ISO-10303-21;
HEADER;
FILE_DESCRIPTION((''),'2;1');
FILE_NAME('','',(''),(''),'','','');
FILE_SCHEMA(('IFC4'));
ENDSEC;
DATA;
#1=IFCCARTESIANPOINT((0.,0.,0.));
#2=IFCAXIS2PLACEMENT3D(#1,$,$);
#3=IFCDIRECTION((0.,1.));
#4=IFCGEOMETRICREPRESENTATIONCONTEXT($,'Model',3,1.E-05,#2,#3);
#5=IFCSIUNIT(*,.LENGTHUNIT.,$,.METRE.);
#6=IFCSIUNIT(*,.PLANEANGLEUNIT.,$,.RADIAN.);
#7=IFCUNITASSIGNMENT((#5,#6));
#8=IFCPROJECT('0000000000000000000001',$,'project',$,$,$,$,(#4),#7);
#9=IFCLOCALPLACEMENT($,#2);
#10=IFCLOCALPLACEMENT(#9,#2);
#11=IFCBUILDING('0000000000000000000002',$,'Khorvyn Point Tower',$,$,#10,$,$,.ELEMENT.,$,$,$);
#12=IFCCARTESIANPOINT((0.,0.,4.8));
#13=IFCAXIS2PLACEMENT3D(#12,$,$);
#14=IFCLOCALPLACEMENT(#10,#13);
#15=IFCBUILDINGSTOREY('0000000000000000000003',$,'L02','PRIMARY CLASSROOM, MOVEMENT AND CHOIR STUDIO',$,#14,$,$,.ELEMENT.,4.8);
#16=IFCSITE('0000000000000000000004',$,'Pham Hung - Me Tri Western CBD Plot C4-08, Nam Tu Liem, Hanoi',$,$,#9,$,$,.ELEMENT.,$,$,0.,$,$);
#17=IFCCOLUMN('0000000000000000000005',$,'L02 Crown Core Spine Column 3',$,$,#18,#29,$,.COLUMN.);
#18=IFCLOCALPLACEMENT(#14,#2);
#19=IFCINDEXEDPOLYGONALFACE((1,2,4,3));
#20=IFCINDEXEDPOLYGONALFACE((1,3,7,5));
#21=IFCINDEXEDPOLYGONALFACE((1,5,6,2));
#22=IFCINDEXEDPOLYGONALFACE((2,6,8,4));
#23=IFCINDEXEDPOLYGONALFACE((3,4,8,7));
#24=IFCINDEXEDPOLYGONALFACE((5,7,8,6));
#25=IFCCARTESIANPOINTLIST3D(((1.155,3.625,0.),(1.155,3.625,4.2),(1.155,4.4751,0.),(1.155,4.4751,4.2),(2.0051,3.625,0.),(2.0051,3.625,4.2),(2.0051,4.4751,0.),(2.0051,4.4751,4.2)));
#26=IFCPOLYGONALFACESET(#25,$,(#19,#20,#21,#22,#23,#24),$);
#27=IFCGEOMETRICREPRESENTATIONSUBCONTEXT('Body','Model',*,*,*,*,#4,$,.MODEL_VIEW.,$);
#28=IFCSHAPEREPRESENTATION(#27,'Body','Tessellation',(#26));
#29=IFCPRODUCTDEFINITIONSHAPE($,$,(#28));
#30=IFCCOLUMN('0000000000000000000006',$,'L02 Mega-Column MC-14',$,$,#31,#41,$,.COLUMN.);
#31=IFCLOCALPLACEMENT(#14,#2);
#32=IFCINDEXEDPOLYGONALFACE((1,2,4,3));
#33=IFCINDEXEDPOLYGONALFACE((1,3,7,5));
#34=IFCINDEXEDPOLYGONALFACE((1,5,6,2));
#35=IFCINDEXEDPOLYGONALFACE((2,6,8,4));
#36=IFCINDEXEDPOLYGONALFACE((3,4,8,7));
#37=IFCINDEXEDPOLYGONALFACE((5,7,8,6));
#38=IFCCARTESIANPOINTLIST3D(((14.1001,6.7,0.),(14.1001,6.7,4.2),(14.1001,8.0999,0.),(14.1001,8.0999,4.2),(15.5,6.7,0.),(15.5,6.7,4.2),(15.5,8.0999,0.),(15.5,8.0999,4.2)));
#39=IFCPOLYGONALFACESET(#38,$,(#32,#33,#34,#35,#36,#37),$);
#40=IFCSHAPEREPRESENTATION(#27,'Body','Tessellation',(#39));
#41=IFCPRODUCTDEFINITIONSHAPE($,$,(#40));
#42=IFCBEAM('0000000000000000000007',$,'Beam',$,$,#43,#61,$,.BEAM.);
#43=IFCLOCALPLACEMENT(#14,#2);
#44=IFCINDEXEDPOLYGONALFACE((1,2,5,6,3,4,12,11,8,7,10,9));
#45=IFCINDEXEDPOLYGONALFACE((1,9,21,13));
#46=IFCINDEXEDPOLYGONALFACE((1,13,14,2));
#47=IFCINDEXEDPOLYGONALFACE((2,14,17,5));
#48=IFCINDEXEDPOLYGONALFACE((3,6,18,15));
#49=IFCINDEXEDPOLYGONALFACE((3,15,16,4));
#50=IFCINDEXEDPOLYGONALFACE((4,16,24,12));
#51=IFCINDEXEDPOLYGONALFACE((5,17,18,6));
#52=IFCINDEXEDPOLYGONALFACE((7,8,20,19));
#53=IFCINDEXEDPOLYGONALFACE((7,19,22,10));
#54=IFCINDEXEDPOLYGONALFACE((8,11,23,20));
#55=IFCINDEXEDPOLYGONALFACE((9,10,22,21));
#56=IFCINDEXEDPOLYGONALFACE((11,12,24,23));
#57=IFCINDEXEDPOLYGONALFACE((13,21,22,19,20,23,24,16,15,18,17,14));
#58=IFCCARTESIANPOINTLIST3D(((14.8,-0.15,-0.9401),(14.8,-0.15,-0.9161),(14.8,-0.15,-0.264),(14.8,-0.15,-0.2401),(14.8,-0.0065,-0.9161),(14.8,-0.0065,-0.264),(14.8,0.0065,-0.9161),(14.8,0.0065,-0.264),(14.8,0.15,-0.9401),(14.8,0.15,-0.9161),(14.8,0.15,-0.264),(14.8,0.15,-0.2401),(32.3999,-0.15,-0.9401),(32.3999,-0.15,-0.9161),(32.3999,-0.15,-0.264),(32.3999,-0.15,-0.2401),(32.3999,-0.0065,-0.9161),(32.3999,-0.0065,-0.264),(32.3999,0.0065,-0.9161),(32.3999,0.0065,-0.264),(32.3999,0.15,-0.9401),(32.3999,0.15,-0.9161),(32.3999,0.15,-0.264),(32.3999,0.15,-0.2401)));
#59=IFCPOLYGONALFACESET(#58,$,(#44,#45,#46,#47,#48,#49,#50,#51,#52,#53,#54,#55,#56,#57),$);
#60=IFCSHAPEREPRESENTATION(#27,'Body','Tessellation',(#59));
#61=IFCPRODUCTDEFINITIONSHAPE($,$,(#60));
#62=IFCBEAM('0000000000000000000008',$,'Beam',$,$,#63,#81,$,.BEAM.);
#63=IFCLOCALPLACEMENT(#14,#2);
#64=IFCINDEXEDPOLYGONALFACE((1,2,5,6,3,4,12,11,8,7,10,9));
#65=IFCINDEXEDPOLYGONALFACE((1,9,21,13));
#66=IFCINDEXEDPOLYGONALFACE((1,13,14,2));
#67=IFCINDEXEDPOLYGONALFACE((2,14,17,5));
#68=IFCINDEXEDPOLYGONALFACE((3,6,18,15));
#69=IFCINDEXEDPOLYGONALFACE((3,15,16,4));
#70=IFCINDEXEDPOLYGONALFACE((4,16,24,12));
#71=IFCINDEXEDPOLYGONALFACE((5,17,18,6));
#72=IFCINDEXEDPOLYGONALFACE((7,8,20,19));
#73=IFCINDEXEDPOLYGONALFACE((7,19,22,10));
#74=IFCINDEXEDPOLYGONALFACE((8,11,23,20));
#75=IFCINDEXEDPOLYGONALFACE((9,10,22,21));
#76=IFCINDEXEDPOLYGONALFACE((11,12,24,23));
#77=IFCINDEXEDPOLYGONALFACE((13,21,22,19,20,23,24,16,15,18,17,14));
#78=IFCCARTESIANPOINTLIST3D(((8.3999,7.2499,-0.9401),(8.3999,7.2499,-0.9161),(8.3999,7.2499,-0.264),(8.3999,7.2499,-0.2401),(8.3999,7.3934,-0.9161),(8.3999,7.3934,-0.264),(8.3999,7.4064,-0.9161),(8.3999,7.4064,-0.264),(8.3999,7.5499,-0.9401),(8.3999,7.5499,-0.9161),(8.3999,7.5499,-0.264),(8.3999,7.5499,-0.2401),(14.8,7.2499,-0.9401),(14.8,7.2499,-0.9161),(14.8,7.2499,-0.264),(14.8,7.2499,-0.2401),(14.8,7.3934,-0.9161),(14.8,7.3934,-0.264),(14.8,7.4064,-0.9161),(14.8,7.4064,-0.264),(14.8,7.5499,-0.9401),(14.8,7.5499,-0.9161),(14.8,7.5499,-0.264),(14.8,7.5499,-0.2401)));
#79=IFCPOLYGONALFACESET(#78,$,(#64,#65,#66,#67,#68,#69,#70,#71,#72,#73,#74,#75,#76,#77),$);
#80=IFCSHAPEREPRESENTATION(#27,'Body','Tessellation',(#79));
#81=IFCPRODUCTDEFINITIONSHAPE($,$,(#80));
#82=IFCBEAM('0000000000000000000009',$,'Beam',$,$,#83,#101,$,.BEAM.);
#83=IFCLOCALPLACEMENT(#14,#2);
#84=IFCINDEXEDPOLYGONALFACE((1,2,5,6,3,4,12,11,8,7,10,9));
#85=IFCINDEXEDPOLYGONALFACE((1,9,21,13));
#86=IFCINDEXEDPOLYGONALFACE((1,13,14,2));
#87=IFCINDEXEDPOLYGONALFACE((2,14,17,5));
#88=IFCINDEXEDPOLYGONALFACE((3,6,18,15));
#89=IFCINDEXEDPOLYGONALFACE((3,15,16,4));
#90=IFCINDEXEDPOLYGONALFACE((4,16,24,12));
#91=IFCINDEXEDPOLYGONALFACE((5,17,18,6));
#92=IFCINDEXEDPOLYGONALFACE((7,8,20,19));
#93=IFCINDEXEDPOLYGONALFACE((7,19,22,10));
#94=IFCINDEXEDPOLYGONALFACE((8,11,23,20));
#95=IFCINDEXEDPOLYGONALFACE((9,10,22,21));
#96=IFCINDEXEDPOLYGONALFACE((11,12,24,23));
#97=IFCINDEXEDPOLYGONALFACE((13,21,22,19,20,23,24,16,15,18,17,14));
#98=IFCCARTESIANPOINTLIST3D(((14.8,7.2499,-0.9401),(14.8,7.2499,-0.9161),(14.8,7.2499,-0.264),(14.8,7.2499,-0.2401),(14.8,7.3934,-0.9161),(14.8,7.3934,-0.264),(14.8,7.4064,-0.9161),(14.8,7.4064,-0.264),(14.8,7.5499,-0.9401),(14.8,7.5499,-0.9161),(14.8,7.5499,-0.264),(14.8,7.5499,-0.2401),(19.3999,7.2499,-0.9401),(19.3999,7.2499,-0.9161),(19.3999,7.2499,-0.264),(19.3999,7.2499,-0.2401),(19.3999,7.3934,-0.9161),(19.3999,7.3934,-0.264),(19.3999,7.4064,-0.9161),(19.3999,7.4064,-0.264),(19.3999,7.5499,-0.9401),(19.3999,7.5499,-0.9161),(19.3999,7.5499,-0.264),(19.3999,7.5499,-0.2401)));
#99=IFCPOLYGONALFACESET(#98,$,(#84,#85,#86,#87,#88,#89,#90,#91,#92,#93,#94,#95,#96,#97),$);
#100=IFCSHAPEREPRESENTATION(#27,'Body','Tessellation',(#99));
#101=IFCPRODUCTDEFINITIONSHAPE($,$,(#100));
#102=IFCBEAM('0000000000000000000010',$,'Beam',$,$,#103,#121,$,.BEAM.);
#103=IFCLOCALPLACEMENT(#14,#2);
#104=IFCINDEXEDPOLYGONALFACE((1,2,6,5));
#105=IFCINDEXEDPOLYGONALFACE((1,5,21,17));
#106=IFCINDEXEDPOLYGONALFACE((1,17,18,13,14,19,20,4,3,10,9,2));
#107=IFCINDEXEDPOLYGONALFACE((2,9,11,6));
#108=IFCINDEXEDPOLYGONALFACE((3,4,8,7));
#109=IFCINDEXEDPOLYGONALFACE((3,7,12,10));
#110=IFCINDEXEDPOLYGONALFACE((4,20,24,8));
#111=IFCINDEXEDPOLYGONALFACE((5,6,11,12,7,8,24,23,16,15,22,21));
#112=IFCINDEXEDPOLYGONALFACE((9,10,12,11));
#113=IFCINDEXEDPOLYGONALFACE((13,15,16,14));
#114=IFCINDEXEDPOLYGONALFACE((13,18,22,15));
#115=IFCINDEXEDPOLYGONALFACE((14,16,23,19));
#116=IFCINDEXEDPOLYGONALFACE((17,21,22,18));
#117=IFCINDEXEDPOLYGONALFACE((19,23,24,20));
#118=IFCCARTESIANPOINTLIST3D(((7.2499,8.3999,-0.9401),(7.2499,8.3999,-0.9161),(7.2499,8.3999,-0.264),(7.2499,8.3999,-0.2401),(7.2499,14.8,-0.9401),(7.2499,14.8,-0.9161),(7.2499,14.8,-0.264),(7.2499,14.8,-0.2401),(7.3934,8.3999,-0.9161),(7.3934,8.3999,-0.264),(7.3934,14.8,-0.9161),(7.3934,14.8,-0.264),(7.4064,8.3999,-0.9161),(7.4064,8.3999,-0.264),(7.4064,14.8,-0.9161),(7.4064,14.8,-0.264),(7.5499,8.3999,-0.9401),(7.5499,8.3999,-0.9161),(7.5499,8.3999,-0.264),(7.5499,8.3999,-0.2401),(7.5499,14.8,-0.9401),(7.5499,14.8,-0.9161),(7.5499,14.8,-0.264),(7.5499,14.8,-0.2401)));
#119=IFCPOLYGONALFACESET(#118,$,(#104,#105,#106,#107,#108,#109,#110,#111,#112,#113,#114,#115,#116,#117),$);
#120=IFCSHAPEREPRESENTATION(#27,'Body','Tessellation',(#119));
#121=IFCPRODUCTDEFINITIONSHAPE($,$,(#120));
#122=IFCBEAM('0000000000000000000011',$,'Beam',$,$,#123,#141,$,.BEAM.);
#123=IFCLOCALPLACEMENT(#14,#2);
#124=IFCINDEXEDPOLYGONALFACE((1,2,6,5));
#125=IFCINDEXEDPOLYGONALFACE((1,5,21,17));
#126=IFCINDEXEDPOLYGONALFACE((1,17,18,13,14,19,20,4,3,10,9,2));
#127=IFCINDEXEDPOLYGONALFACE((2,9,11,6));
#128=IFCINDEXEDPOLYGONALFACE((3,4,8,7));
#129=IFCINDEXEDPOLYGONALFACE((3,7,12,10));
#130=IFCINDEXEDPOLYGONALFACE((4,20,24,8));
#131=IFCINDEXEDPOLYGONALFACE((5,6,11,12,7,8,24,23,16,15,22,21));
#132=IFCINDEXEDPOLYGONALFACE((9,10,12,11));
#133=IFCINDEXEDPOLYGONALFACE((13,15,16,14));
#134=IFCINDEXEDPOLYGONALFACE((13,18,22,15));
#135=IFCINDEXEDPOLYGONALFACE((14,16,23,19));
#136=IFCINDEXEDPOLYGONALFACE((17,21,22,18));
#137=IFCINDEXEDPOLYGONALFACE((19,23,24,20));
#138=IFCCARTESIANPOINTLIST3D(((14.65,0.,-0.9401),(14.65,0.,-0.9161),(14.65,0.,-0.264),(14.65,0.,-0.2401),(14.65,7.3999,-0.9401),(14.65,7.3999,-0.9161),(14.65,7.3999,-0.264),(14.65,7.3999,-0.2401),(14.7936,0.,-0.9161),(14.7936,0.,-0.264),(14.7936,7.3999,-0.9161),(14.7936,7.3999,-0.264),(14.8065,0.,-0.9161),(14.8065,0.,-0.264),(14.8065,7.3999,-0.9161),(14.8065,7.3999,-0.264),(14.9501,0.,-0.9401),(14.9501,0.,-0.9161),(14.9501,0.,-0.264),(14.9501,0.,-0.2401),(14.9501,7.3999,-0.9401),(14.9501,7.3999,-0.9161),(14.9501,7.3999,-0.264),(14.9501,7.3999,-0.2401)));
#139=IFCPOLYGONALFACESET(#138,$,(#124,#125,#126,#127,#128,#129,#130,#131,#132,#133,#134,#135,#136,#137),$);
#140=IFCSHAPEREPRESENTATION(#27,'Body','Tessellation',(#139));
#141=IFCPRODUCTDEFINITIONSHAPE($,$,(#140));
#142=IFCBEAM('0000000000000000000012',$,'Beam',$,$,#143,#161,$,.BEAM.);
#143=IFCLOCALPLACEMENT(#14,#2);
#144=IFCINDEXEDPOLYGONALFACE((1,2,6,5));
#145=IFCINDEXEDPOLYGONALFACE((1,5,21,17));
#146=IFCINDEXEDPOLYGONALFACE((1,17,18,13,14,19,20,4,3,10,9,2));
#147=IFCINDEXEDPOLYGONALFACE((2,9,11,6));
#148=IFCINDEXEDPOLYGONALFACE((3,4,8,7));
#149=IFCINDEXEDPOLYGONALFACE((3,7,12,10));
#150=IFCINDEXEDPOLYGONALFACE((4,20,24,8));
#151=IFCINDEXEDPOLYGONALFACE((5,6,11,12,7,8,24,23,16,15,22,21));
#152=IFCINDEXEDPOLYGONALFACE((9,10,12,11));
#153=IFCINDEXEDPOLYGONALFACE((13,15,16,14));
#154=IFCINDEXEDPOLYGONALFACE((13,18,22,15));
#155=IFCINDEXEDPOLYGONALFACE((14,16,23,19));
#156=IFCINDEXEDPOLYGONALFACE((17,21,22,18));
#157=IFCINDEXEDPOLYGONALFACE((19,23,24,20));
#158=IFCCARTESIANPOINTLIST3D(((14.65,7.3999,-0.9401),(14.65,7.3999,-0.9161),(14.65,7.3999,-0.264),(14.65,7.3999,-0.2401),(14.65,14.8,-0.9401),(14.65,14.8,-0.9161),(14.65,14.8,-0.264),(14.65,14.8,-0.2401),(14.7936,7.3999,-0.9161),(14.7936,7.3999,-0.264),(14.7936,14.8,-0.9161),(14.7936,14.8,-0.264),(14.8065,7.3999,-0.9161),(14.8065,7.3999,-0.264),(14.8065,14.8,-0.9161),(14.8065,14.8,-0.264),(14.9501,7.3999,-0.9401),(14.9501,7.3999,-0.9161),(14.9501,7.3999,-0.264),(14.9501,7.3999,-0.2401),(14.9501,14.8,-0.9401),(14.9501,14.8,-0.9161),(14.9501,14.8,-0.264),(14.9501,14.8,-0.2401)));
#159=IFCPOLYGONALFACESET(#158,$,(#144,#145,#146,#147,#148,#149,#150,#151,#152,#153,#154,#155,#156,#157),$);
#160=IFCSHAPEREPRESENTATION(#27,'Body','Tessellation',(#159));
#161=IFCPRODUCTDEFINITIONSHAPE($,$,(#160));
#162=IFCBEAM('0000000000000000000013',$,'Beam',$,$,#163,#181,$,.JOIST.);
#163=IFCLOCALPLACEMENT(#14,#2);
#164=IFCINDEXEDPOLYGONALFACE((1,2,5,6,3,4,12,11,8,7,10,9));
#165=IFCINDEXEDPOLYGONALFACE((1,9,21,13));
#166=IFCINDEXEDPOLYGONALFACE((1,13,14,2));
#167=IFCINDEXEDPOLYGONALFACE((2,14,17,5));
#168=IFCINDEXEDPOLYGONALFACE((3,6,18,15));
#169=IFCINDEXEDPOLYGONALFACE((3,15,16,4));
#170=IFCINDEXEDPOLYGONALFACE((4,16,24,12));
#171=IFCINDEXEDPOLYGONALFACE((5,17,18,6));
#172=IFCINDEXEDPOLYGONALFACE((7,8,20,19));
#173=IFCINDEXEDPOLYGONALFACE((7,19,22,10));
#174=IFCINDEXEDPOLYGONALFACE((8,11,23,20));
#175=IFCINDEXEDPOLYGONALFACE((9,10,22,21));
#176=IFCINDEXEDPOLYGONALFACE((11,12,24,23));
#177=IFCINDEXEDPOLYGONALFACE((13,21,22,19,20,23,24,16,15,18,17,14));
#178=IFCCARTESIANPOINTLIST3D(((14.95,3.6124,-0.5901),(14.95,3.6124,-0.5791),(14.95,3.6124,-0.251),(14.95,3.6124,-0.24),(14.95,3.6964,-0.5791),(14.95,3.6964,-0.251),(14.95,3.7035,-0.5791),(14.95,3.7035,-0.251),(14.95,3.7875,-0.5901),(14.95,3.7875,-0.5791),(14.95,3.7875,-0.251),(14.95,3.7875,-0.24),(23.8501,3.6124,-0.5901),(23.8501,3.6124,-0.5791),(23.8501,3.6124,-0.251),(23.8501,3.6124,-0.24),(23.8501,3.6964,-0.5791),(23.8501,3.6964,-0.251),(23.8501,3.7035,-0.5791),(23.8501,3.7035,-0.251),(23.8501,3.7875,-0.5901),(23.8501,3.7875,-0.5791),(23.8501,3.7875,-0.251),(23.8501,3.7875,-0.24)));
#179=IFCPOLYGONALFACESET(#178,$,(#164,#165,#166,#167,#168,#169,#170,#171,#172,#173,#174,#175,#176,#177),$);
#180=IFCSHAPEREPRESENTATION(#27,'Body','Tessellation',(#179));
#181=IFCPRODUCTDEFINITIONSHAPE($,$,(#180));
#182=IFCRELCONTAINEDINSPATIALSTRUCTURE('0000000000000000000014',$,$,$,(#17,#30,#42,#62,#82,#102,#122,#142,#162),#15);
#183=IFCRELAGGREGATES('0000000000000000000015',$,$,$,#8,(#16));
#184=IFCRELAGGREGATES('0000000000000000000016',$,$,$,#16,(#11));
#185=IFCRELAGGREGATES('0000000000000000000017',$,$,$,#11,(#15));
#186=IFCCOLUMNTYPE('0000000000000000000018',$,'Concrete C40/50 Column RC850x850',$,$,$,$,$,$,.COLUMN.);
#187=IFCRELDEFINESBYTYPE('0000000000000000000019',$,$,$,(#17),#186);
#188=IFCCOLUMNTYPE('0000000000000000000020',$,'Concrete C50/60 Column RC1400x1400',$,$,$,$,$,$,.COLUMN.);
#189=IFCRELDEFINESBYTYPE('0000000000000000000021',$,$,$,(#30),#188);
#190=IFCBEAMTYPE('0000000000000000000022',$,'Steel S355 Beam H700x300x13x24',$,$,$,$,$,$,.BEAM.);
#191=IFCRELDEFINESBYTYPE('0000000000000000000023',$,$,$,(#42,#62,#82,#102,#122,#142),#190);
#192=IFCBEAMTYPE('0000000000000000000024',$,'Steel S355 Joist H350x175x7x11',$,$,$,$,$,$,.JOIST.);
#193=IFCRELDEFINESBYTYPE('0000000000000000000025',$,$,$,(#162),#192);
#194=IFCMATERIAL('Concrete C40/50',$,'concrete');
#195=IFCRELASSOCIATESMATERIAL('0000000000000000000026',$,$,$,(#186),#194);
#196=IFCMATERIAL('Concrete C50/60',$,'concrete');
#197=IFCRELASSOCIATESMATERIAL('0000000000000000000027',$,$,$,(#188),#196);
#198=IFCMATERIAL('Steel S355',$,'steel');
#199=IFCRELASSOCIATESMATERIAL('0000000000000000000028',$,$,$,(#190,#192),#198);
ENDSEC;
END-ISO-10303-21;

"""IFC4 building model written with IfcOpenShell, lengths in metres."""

from ifc_helpers import new_model, si_unit, direction, frame, origin, origin_2d, place, context, subcontext, project, spatial, rectangle, i_section, extrude, material, material_profile, profile_set, type_object, element, save


model = new_model("IFC4")

# Units and contexts
model_context = context("Model", 3, precision=1e-05, world=origin(), true_north=direction((0.0, 1.0)))
body_context = subcontext(model_context, "Body", "Model", "MODEL_VIEW")
ifc_project = project(units=[si_unit("LENGTHUNIT", "METRE"), si_unit("PLANEANGLEUNIT", "RADIAN")], contexts=[model_context])

# Site, building, storey
site_placement = place(None, origin())
site = spatial("IfcSite", under=ifc_project, at=site_placement, Name="Pham Hung - Me Tri Western CBD Plot C4-08, Nam Tu Liem, Hanoi", CompositionType="ELEMENT", RefElevation=0.0)
building_placement = place(site_placement, origin())
building = spatial("IfcBuilding", under=site, at=building_placement, Name="Khorvyn Point Tower", CompositionType="ELEMENT")
storey_placement = place(building_placement, frame((0.0, 0.0, 4.8)))
storey = spatial("IfcBuildingStorey", under=building, at=storey_placement, Name="L02", Description="PRIMARY CLASSROOM, MOVEMENT AND CHOIR STUDIO", CompositionType="ELEMENT", Elevation=4.8)

# Columns
ifc_material_1 = material(Name="Concrete C40/50", Category="concrete")
ifc_material_profile_1 = material_profile(ifc_material_1, rectangle(XDim=0.8501, YDim=0.8501, at=origin_2d()))
ifc_profile_set_1 = profile_set([ifc_material_profile_1], Name="Concrete C40/50 RC850x850")
column_type_1 = type_object("IfcColumnType", Name="Concrete C40/50 Column RC850x850", PredefinedType="COLUMN", material=ifc_profile_set_1)
column_1_placement = place(storey_placement, frame((1.5801, 4.05, 0.0), z_axis=(0.0, 0.0, 1.0), x_axis=(1.0, 0.0, 0.0)))
element("IfcColumn", 1, at=column_1_placement, inside=storey, type_object=column_type_1, Name="L02 Crown Core Spine Column 3", PredefinedType="COLUMN", context=body_context, shape_type="SweptSolid", body=[
    extrude(rectangle(XDim=0.8501, YDim=0.8501, at=origin_2d()), origin(), (0.0, 0.0, 1.0), 4.2),
])
ifc_material_2 = material(Name="Concrete C50/60", Category="concrete")
ifc_material_profile_2 = material_profile(ifc_material_2, rectangle(XDim=1.3999, YDim=1.3999, at=origin_2d()))
ifc_profile_set_2 = profile_set([ifc_material_profile_2], Name="Concrete C50/60 RC1400x1400")
column_type_2 = type_object("IfcColumnType", Name="Concrete C50/60 Column RC1400x1400", PredefinedType="COLUMN", material=ifc_profile_set_2)
column_2_placement = place(storey_placement, frame((14.8, 7.3999, 0.0), z_axis=(0.0, 0.0, 1.0), x_axis=(1.0, 0.0, 0.0)))
element("IfcColumn", 2, at=column_2_placement, inside=storey, type_object=column_type_2, Name="L02 Mega-Column MC-14", PredefinedType="COLUMN", context=body_context, shape_type="SweptSolid", body=[
    extrude(rectangle(XDim=1.3999, YDim=1.3999, at=origin_2d()), origin(), (0.0, 0.0, 1.0), 4.2),
])

# Beams
ifc_material_3 = material(Name="Steel S355", Category="steel")
ifc_material_profile_3 = material_profile(ifc_material_3, i_section(OverallWidth=0.3, OverallDepth=0.7, WebThickness=0.0129, FlangeThickness=0.0239, at=origin_2d()))
ifc_profile_set_3 = profile_set([ifc_material_profile_3], Name="Steel S355 H700x300x13x24")
beam_type_1 = type_object("IfcBeamType", Name="Steel S355 Beam H700x300x13x24", PredefinedType="BEAM", material=ifc_profile_set_3)
beam_1_placement = place(storey_placement, frame((14.8, 0.0, -0.5901), z_axis=(1.0, 0.0, 0.0), x_axis=(0.0, 1.0, 0.0)))
element("IfcBeam", 3, at=beam_1_placement, inside=storey, type_object=beam_type_1, Name="Beam", PredefinedType="BEAM", context=body_context, shape_type="SweptSolid", body=[
    extrude(i_section(OverallWidth=0.3, OverallDepth=0.7, WebThickness=0.0129, FlangeThickness=0.0239, at=origin_2d()), origin(), (0.0, 0.0, 1.0), 17.5999),
])
beam_2_placement = place(storey_placement, frame((8.3999, 7.3999, -0.5901), z_axis=(1.0, 0.0, 0.0), x_axis=(0.0, 1.0, 0.0)))
element("IfcBeam", 4, at=beam_2_placement, inside=storey, type_object=beam_type_1, Name="Beam", PredefinedType="BEAM", context=body_context, shape_type="SweptSolid", body=[
    extrude(i_section(OverallWidth=0.3, OverallDepth=0.7, WebThickness=0.0129, FlangeThickness=0.0239, at=origin_2d()), origin(), (0.0, 0.0, 1.0), 6.4001),
])
beam_3_placement = place(storey_placement, frame((14.8, 7.3999, -0.5901), z_axis=(1.0, 0.0, 0.0), x_axis=(0.0, 1.0, 0.0)))
element("IfcBeam", 5, at=beam_3_placement, inside=storey, type_object=beam_type_1, Name="Beam", PredefinedType="BEAM", context=body_context, shape_type="SweptSolid", body=[
    extrude(i_section(OverallWidth=0.3, OverallDepth=0.7, WebThickness=0.0129, FlangeThickness=0.0239, at=origin_2d()), origin(), (0.0, 0.0, 1.0), 4.5999),
])
beam_4_placement = place(storey_placement, frame((7.3999, 8.3999, -0.5901), z_axis=(0.0, 1.0, 0.0), x_axis=(-1.0, 0.0, 0.0)))
element("IfcBeam", 6, at=beam_4_placement, inside=storey, type_object=beam_type_1, Name="Beam", PredefinedType="BEAM", context=body_context, shape_type="SweptSolid", body=[
    extrude(i_section(OverallWidth=0.3, OverallDepth=0.7, WebThickness=0.0129, FlangeThickness=0.0239, at=origin_2d()), origin(), (0.0, 0.0, 1.0), 6.4001),
])
beam_5_placement = place(storey_placement, frame((14.8, 0.0, -0.5901), z_axis=(0.0, 1.0, 0.0), x_axis=(-1.0, 0.0, 0.0)))
element("IfcBeam", 7, at=beam_5_placement, inside=storey, type_object=beam_type_1, Name="Beam", PredefinedType="BEAM", context=body_context, shape_type="SweptSolid", body=[
    extrude(i_section(OverallWidth=0.3, OverallDepth=0.7, WebThickness=0.0129, FlangeThickness=0.0239, at=origin_2d()), origin(), (0.0, 0.0, 1.0), 7.3999),
])
beam_6_placement = place(storey_placement, frame((14.8, 7.3999, -0.5901), z_axis=(0.0, 1.0, 0.0), x_axis=(-1.0, 0.0, 0.0)))
element("IfcBeam", 8, at=beam_6_placement, inside=storey, type_object=beam_type_1, Name="Beam", PredefinedType="BEAM", context=body_context, shape_type="SweptSolid", body=[
    extrude(i_section(OverallWidth=0.3, OverallDepth=0.7, WebThickness=0.0129, FlangeThickness=0.0239, at=origin_2d()), origin(), (0.0, 0.0, 1.0), 7.4001),
])
ifc_material_profile_4 = material_profile(ifc_material_3, i_section(OverallWidth=0.175, OverallDepth=0.3501, WebThickness=0.0071, FlangeThickness=0.011, at=origin_2d()))
ifc_profile_set_4 = profile_set([ifc_material_profile_4], Name="Steel S355 H350x175x7x11")
beam_type_2 = type_object("IfcBeamType", Name="Steel S355 Joist H350x175x7x11", PredefinedType="JOIST", material=ifc_profile_set_4)
beam_7_placement = place(storey_placement, frame((14.95, 3.7, -0.415), z_axis=(1.0, 0.0, 0.0), x_axis=(0.0, 1.0, 0.0)))
element("IfcBeam", 9, at=beam_7_placement, inside=storey, type_object=beam_type_2, Name="Beam", PredefinedType="JOIST", context=body_context, shape_type="SweptSolid", body=[
    extrude(i_section(OverallWidth=0.175, OverallDepth=0.3501, WebThickness=0.0071, FlangeThickness=0.011, at=origin_2d()), origin(), (0.0, 0.0, 1.0), 8.9001),
])

save(model, "model.ifc")
